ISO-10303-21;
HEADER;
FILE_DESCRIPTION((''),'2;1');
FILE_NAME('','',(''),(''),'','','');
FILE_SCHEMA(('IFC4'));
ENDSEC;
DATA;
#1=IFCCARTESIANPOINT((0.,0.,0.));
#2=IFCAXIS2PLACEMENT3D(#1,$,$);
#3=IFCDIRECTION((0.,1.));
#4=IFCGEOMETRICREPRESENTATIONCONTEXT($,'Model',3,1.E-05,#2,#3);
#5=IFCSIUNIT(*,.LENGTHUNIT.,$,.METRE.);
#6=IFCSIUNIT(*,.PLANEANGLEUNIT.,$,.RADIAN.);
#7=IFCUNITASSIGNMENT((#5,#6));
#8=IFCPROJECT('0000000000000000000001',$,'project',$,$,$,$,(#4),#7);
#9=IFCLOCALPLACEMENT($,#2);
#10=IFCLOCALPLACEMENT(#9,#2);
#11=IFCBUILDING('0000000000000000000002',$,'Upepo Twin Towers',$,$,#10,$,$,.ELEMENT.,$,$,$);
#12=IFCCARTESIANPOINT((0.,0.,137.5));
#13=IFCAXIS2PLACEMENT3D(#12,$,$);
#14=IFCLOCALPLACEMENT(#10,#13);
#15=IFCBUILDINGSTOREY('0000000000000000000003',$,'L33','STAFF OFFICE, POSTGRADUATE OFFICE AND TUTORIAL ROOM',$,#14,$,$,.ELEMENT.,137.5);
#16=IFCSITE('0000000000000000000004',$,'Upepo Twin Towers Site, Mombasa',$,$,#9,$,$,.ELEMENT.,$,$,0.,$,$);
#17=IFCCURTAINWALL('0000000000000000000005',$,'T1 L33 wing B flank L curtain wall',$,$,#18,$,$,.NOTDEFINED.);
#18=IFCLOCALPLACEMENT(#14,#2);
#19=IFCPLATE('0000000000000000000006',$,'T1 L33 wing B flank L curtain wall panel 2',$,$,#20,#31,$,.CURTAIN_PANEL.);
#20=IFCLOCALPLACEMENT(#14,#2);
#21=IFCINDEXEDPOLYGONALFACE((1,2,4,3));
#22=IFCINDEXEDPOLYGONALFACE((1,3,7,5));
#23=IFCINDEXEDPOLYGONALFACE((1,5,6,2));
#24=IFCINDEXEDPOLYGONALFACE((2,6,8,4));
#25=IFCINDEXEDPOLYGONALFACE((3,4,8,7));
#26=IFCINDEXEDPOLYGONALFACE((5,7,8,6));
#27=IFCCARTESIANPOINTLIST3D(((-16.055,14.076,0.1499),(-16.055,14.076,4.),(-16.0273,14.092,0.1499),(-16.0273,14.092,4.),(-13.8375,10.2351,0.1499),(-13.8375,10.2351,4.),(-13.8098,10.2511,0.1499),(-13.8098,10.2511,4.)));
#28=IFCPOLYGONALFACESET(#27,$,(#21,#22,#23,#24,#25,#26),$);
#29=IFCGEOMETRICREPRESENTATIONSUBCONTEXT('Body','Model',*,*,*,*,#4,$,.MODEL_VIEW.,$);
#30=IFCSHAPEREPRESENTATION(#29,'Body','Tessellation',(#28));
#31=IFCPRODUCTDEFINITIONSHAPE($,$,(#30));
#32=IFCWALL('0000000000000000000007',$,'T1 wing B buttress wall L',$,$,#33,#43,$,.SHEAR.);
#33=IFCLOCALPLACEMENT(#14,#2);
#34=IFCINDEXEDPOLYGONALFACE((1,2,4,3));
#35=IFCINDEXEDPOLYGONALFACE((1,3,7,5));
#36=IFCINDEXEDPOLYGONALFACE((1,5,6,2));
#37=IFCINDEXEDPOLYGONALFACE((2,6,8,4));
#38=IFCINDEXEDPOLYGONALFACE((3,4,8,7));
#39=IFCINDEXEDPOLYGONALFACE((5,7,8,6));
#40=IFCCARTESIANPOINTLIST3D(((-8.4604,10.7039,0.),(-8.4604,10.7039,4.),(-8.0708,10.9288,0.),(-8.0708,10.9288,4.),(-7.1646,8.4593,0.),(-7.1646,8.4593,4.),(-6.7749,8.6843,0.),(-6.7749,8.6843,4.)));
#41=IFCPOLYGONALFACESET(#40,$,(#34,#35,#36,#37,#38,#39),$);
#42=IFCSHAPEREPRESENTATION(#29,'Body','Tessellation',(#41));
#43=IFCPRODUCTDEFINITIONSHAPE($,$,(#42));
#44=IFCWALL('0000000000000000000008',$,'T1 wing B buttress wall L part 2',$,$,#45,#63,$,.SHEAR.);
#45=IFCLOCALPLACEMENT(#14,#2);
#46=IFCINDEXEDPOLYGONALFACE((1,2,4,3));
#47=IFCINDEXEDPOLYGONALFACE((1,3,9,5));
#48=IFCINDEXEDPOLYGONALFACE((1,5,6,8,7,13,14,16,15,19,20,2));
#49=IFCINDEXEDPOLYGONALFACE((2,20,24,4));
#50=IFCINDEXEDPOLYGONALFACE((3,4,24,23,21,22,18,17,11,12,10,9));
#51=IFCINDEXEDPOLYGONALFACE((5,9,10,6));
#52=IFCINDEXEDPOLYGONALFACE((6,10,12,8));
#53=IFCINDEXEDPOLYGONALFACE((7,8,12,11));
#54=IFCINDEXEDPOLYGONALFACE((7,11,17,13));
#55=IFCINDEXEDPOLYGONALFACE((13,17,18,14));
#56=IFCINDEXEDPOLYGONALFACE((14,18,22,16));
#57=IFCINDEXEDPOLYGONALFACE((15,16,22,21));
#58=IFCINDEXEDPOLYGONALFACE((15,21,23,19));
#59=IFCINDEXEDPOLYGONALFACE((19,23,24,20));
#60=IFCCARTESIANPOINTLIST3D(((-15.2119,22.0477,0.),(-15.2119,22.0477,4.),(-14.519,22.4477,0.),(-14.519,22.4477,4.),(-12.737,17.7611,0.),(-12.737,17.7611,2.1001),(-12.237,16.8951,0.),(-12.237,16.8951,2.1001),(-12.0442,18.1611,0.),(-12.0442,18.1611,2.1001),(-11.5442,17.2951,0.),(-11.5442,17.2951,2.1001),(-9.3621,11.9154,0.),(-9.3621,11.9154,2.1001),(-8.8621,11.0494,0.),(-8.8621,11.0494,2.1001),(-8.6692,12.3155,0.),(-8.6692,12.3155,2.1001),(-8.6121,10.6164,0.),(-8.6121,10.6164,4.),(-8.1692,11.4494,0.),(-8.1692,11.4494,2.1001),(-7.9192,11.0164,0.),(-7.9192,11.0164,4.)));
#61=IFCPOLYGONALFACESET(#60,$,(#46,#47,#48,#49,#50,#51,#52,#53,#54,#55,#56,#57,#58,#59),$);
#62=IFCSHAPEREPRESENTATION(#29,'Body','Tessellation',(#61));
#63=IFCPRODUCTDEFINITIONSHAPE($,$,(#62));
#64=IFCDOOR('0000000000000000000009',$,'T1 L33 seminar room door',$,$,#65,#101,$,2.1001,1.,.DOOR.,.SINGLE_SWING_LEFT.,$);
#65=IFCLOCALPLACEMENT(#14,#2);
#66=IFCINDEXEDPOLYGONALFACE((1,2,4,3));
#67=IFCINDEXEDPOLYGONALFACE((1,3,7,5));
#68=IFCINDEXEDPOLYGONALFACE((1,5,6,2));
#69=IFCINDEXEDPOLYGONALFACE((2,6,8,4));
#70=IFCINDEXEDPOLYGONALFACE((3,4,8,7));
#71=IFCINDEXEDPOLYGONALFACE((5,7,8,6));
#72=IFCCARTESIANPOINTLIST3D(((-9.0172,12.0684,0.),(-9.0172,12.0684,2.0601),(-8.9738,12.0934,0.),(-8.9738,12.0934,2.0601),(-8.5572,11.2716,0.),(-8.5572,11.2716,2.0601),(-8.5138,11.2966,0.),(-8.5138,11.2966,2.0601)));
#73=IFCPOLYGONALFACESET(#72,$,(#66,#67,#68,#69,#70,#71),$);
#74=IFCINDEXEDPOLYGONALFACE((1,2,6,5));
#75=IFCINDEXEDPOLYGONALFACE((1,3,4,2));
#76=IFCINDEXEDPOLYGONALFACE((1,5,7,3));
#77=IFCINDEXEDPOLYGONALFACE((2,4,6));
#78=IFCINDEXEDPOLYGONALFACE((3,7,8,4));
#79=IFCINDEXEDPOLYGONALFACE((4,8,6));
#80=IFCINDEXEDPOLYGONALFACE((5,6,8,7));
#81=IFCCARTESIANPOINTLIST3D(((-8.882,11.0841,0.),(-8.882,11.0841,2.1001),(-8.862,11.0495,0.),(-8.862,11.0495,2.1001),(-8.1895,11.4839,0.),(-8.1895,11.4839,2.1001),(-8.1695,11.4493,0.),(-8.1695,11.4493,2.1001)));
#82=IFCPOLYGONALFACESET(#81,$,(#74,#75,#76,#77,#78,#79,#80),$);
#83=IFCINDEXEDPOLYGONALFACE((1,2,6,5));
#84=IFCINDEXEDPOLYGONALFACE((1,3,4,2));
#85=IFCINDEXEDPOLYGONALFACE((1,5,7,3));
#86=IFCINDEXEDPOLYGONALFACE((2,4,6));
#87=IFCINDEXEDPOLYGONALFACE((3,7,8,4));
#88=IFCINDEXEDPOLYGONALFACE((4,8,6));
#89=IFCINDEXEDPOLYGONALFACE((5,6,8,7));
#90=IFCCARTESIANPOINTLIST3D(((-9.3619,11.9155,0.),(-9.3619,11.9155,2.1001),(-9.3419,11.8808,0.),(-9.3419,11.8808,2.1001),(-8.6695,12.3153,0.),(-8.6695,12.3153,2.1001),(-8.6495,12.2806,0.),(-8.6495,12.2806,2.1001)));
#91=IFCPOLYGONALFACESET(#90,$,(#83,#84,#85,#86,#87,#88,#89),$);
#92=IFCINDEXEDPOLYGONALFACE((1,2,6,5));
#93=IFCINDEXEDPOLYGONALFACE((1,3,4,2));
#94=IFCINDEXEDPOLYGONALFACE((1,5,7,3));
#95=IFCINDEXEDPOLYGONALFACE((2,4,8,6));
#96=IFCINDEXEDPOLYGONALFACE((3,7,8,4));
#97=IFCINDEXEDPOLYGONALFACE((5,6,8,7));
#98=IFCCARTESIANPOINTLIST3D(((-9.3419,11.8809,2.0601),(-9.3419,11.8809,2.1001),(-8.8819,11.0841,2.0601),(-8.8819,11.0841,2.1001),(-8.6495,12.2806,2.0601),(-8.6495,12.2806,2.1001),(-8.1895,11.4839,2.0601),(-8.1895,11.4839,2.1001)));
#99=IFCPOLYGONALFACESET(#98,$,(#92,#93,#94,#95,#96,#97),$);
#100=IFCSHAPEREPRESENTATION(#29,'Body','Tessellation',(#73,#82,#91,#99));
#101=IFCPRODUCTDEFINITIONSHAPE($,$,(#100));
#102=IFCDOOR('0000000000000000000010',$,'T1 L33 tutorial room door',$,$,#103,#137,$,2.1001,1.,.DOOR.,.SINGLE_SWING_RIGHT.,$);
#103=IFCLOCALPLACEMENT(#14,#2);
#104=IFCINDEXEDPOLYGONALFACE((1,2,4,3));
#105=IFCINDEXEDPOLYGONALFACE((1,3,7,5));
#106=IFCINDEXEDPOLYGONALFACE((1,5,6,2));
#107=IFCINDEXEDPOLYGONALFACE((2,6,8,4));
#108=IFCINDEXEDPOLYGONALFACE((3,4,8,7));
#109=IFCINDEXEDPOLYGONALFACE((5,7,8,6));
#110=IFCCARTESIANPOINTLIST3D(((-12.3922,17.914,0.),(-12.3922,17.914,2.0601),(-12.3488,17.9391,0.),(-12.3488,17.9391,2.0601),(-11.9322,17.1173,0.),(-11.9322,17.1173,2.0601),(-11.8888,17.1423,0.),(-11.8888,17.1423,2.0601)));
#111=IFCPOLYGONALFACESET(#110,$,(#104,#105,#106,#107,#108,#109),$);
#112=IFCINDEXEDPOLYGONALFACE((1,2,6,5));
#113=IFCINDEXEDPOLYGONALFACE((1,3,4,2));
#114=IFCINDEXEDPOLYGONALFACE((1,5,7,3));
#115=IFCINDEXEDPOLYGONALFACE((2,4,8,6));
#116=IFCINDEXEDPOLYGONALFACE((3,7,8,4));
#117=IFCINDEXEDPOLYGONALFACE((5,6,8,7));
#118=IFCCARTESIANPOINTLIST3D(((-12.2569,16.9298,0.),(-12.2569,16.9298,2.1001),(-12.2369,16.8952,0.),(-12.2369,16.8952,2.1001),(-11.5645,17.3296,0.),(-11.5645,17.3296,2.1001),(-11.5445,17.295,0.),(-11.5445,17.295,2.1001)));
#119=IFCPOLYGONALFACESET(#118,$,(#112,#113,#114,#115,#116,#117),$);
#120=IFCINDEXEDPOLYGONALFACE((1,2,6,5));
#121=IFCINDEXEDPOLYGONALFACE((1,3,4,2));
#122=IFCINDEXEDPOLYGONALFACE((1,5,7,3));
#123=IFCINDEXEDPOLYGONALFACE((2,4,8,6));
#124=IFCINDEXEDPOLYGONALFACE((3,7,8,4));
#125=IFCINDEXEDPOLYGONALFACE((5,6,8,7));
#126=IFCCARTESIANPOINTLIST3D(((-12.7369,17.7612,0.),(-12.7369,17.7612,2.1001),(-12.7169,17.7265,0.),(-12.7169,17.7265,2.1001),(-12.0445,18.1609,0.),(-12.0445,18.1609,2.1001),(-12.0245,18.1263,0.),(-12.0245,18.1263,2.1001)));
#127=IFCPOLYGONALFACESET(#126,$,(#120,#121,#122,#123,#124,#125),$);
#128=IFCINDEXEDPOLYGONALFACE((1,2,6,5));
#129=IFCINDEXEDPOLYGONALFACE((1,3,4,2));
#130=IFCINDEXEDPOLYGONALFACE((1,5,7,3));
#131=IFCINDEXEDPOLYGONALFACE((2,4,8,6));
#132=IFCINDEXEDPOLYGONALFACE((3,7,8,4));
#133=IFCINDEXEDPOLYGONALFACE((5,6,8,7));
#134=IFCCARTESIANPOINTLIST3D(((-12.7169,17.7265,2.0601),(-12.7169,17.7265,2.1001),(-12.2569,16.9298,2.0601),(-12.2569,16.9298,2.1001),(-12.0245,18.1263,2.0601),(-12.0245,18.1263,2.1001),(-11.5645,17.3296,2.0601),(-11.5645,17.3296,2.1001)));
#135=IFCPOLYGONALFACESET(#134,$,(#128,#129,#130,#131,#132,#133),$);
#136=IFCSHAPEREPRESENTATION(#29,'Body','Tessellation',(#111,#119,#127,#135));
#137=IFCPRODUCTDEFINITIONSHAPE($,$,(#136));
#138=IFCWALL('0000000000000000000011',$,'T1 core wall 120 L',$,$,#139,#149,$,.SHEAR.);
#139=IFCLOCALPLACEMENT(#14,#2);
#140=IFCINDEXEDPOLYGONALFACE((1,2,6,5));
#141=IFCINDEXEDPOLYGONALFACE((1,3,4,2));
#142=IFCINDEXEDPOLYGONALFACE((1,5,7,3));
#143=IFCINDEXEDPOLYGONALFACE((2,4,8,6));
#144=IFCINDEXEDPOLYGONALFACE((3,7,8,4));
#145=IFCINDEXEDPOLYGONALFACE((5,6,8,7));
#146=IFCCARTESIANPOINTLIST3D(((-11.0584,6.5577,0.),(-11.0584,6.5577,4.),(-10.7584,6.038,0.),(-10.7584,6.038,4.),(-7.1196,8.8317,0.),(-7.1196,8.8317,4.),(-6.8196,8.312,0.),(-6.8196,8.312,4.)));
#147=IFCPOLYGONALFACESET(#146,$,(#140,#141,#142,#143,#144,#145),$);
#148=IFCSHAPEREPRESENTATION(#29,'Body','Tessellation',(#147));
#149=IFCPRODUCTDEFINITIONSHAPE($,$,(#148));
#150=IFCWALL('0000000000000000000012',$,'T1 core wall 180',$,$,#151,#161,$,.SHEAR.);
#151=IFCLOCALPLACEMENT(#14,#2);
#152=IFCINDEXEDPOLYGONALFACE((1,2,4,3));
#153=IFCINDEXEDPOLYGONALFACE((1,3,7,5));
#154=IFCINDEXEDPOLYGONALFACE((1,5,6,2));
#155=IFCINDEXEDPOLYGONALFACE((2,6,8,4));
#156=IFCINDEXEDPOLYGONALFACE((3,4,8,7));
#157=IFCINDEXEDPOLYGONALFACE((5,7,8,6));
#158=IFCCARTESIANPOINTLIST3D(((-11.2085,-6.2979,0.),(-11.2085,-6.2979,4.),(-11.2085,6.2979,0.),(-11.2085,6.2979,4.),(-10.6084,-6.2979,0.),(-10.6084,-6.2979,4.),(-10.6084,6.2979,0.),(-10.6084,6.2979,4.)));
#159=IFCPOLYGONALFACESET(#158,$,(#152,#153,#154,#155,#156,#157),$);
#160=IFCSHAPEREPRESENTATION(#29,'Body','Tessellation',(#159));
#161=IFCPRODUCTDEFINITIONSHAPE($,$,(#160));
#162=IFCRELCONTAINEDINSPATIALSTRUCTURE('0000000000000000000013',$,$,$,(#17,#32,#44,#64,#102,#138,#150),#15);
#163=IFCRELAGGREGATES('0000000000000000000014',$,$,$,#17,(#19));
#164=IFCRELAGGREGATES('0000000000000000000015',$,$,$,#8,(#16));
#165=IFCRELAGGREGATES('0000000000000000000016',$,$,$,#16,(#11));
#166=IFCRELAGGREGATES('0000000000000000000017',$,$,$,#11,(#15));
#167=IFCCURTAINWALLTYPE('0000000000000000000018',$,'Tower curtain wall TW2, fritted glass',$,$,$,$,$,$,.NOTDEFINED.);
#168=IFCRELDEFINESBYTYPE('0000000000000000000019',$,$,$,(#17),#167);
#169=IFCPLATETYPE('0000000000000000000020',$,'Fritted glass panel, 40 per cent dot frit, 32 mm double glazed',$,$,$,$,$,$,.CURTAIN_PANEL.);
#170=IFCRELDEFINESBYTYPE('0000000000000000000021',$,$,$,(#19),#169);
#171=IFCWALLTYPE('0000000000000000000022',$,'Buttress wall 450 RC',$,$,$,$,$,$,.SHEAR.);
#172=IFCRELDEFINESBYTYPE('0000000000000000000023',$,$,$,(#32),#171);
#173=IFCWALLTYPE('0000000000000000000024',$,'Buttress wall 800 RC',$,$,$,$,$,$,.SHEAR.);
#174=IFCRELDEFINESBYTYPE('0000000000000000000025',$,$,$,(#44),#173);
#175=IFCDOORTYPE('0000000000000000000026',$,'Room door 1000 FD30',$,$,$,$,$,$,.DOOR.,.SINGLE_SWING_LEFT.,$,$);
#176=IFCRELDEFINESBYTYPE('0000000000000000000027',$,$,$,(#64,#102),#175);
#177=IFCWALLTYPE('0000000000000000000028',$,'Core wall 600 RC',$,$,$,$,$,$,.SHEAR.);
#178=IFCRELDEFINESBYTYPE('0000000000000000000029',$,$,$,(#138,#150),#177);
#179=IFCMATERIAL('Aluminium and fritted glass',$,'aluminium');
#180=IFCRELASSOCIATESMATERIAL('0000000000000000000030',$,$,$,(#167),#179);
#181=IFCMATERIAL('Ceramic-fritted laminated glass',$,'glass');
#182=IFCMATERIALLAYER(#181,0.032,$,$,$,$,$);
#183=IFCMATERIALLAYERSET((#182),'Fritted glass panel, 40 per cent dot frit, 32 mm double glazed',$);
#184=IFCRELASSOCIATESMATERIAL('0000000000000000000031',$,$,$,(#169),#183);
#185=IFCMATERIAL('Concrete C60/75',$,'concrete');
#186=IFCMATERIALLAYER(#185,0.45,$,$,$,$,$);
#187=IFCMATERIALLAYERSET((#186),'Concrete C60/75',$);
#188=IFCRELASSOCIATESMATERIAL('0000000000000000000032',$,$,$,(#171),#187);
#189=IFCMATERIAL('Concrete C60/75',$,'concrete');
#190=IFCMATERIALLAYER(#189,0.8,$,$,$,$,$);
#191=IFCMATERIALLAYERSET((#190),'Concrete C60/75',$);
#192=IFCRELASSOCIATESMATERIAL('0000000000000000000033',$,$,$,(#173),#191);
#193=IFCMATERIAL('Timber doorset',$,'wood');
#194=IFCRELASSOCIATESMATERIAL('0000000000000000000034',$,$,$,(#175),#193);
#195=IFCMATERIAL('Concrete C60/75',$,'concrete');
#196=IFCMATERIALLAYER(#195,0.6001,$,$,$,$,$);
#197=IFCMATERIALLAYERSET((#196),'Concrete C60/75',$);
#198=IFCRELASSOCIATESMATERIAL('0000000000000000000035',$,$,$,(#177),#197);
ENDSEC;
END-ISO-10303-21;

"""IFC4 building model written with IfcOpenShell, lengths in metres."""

from ifc_helpers import new_model, si_unit, direction, frame, frame_2d, origin, origin_2d, place, context, subcontext, project, spatial, rectangle, extrude, material, layer, layer_set, type_object, element, fill, aggregate, save


model = new_model("IFC4")

# Units and contexts
model_context = context("Model", 3, precision=1e-05, world=origin(), true_north=direction((0.0, 1.0)))
body_context = subcontext(model_context, "Body", "Model", "MODEL_VIEW")
ifc_project = project(units=[si_unit("LENGTHUNIT", "METRE"), si_unit("PLANEANGLEUNIT", "RADIAN")], contexts=[model_context])

# Site, building, storey
site_placement = place(None, origin())
site = spatial("IfcSite", under=ifc_project, at=site_placement, Name="Upepo Twin Towers Site, Mombasa", CompositionType="ELEMENT", RefElevation=0.0)
building_placement = place(site_placement, origin())
building = spatial("IfcBuilding", under=site, at=building_placement, Name="Upepo Twin Towers", CompositionType="ELEMENT")
storey_placement = place(building_placement, frame((0.0, 0.0, 137.5)))
storey = spatial("IfcBuildingStorey", under=building, at=storey_placement, Name="L33", Description="STAFF OFFICE, POSTGRADUATE OFFICE AND TUTORIAL ROOM", CompositionType="ELEMENT", Elevation=137.5)

# Curtain wall, plate
ifc_material_1 = material(Name="Aluminium and fritted glass", Category="aluminium")
curtain_wall_type = type_object("IfcCurtainWallType", Name="Tower curtain wall TW2, fritted glass", PredefinedType="NOTDEFINED", material=ifc_material_1)
curtain_wall_placement = place(storey_placement, origin())
curtain_wall = element("IfcCurtainWall", 1, at=curtain_wall_placement, inside=storey, type_object=curtain_wall_type, Name="T1 L33 wing B flank L curtain wall", PredefinedType="NOTDEFINED")
ifc_material_2 = material(Name="Ceramic-fritted laminated glass", Category="glass")
ifc_layer_1 = layer(ifc_material_2, 0.032)
ifc_layer_set_1 = layer_set([ifc_layer_1], Name="Fritted glass panel, 40 per cent dot frit, 32 mm double glazed")
plate_type = type_object("IfcPlateType", Name="Fritted glass panel, 40 per cent dot frit, 32 mm double glazed", PredefinedType="CURTAIN_PANEL", material=ifc_layer_set_1)
plate_1_placement = place(storey_placement, frame((-14.9324, 12.1636, 0.1499), z_axis=(0.0, 0.0, 1.0), x_axis=(-0.5, 0.866025, 0.0)))
plate_1 = element("IfcPlate", 2, at=plate_1_placement, type_object=plate_type, Name="T1 L33 wing B flank L curtain wall panel 2", PredefinedType="CURTAIN_PANEL", context=body_context, shape_type="SweptSolid", body=[
    extrude(rectangle(XDim=4.4351, YDim=0.032, at=origin_2d()), origin(), (0.0, 0.0, 1.0), 3.8501),
])
aggregate(curtain_wall, [plate_1])

# Wall
ifc_material_3 = material(Name="Concrete C60/75", Category="concrete")
ifc_layer_2 = layer(ifc_material_3, 0.45)
ifc_layer_set_2 = layer_set([ifc_layer_2], Name="Concrete C60/75")
wall_type_1 = type_object("IfcWallType", Name="Buttress wall 450 RC", PredefinedType="SHEAR", material=ifc_layer_set_2)
wall_1_placement = place(storey_placement, frame((-6.9697, 8.5718, 0.0), z_axis=(0.0, 0.0, 1.0), x_axis=(-0.499989, 0.866032, 0.0)))
element("IfcWall", 3, at=wall_1_placement, inside=storey, type_object=wall_type_1, Name="T1 wing B buttress wall L", PredefinedType="SHEAR", context=body_context, shape_type="SweptSolid", body=[
    extrude(rectangle(XDim=2.5918, YDim=0.45, at=frame_2d((1.2959, 0.0))), origin(), (0.0, 0.0, 1.0), 4.0),
])

# Wall, openings, doors
ifc_material_4 = material(Name="Concrete C60/75", Category="concrete")
ifc_layer_3 = layer(ifc_material_4, 0.8)
ifc_layer_set_3 = layer_set([ifc_layer_3], Name="Concrete C60/75")
wall_type_2 = type_object("IfcWallType", Name="Buttress wall 800 RC", PredefinedType="SHEAR", material=ifc_layer_set_3)
wall_2_placement = place(storey_placement, frame((-8.2656, 10.8164, 0.0), z_axis=(0.0, 0.0, 1.0), x_axis=(-0.499996, 0.866028, 0.0)))
wall_2 = element("IfcWall", 4, at=wall_2_placement, inside=storey, type_object=wall_type_2, Name="T1 wing B buttress wall L part 2", PredefinedType="SHEAR", context=body_context, shape_type="SweptSolid", body=[
    extrude(rectangle(XDim=13.1997, YDim=0.8, at=frame_2d((6.5999, 0.0))), origin(), (0.0, 0.0, 1.0), 4.0),
])
opening_1_placement = place(wall_2_placement, frame((0.5, 0.0, 0.0)))
opening_1 = element("IfcOpeningElement", 5, at=opening_1_placement, cuts=wall_2, PredefinedType="OPENING", context=body_context, shape_type="SweptSolid", body=[
    extrude(rectangle(XDim=1.0, YDim=2.1001, at=frame_2d((0.5, 1.05))), frame((0.0, 0.4099, 0.0), z_axis=(0.0, -1.0, 0.0), x_axis=(1.0, 0.0, 0.0)), (0.0, 0.0, 1.0), 0.8201),
])
opening_2_placement = place(wall_2_placement, frame((7.25, 0.0, 0.0)))
opening_2 = element("IfcOpeningElement", 6, at=opening_2_placement, cuts=wall_2, PredefinedType="OPENING", context=body_context, shape_type="SweptSolid", body=[
    extrude(rectangle(XDim=1.0, YDim=2.1001, at=frame_2d((0.5, 1.05))), frame((0.0, 0.4099, 0.0), z_axis=(0.0, -1.0, 0.0), x_axis=(1.0, 0.0, 0.0)), (0.0, 0.0, 1.0), 0.8201),
])
ifc_material_5 = material(Name="Timber doorset", Category="wood")
door_type_1 = type_object("IfcDoorType", Name="Room door 1000 FD30", OperationType="SINGLE_SWING_LEFT", PredefinedType="DOOR", material=ifc_material_5)
door_1_placement = place(opening_1_placement, origin())
door_1 = element("IfcDoor", 7, at=door_1_placement, inside=storey, type_object=door_type_1, Name="T1 L33 seminar room door", OperationType="SINGLE_SWING_LEFT", OverallHeight=2.1001, OverallWidth=1.0, PredefinedType="DOOR", context=body_context, shape_type="SweptSolid", body=[
    extrude(rectangle(XDim=0.92, YDim=2.0601, at=frame_2d((0.5, 1.03))), frame((0.0, 0.0249, 0.0), z_axis=(0.0, -1.0, 0.0), x_axis=(1.0, 0.0, 0.0)), (0.0, 0.0, 1.0), 0.05),
    extrude(rectangle(XDim=0.04, YDim=2.1001, at=frame_2d((0.02, 1.05))), frame((0.0, 0.3999, 0.0), z_axis=(0.0, -1.0, 0.0), x_axis=(1.0, 0.0, 0.0)), (0.0, 0.0, 1.0), 0.7996),
    extrude(rectangle(XDim=0.04, YDim=2.1001, at=frame_2d((0.98, 1.05))), frame((0.0, 0.3999, 0.0), z_axis=(0.0, -1.0, 0.0), x_axis=(1.0, 0.0, 0.0)), (0.0, 0.0, 1.0), 0.7996),
    extrude(rectangle(XDim=0.92, YDim=0.04, at=frame_2d((0.5, 2.0801))), frame((0.0, 0.3999, 0.0), z_axis=(0.0, -1.0, 0.0), x_axis=(1.0, 0.0, 0.0)), (0.0, 0.0, 1.0), 0.7996),
])
fill(opening_1, door_1)
door_2_placement = place(opening_2_placement, origin())
door_2 = element("IfcDoor", 8, at=door_2_placement, inside=storey, type_object=door_type_1, Name="T1 L33 tutorial room door", OperationType="SINGLE_SWING_RIGHT", OverallHeight=2.1001, OverallWidth=1.0, PredefinedType="DOOR", context=body_context, shape_type="SweptSolid", body=[
    extrude(rectangle(XDim=0.92, YDim=2.0601, at=frame_2d((0.5, 1.03))), frame((0.0, 0.0249, 0.0), z_axis=(0.0, -1.0, 0.0), x_axis=(1.0, 0.0, 0.0)), (0.0, 0.0, 1.0), 0.05),
    extrude(rectangle(XDim=0.04, YDim=2.1001, at=frame_2d((0.02, 1.05))), frame((0.0, 0.3999, 0.0), z_axis=(0.0, -1.0, 0.0), x_axis=(1.0, 0.0, 0.0)), (0.0, 0.0, 1.0), 0.7996),
    extrude(rectangle(XDim=0.04, YDim=2.1001, at=frame_2d((0.98, 1.05))), frame((0.0, 0.3999, 0.0), z_axis=(0.0, -1.0, 0.0), x_axis=(1.0, 0.0, 0.0)), (0.0, 0.0, 1.0), 0.7996),
    extrude(rectangle(XDim=0.92, YDim=0.04, at=frame_2d((0.5, 2.0801))), frame((0.0, 0.3999, 0.0), z_axis=(0.0, -1.0, 0.0), x_axis=(1.0, 0.0, 0.0)), (0.0, 0.0, 1.0), 0.7996),
])
fill(opening_2, door_2)

# Walls
ifc_material_6 = material(Name="Concrete C60/75", Category="concrete")
ifc_layer_4 = layer(ifc_material_6, 0.6001)
ifc_layer_set_4 = layer_set([ifc_layer_4], Name="Concrete C60/75")
wall_type_3 = type_object("IfcWallType", Name="Core wall 600 RC", PredefinedType="SHEAR", material=ifc_layer_set_4)
wall_3_placement = place(storey_placement, frame((-6.9697, 8.5718, 0.0), z_axis=(0.0, 0.0, 1.0), x_axis=(-0.866035, -0.499984, 0.0)))
element("IfcWall", 9, at=wall_3_placement, inside=storey, type_object=wall_type_3, Name="T1 core wall 120 L", PredefinedType="SHEAR", context=body_context, shape_type="SweptSolid", body=[
    extrude(rectangle(XDim=4.5481, YDim=0.6001, at=frame_2d((2.2739, 0.0))), origin(), (0.0, 0.0, 1.0), 4.0),
])
wall_4_placement = place(storey_placement, frame((-10.9084, 6.2979, 0.0), z_axis=(0.0, 0.0, 1.0), x_axis=(0.0, -1.0, 0.0)))
element("IfcWall", 10, at=wall_4_placement, inside=storey, type_object=wall_type_3, Name="T1 core wall 180", PredefinedType="SHEAR", context=body_context, shape_type="SweptSolid", body=[
    extrude(rectangle(XDim=12.5957, YDim=0.6001, at=frame_2d((6.2979, 0.0))), origin(), (0.0, 0.0, 1.0), 4.0),
])

save(model, "model.ifc")
